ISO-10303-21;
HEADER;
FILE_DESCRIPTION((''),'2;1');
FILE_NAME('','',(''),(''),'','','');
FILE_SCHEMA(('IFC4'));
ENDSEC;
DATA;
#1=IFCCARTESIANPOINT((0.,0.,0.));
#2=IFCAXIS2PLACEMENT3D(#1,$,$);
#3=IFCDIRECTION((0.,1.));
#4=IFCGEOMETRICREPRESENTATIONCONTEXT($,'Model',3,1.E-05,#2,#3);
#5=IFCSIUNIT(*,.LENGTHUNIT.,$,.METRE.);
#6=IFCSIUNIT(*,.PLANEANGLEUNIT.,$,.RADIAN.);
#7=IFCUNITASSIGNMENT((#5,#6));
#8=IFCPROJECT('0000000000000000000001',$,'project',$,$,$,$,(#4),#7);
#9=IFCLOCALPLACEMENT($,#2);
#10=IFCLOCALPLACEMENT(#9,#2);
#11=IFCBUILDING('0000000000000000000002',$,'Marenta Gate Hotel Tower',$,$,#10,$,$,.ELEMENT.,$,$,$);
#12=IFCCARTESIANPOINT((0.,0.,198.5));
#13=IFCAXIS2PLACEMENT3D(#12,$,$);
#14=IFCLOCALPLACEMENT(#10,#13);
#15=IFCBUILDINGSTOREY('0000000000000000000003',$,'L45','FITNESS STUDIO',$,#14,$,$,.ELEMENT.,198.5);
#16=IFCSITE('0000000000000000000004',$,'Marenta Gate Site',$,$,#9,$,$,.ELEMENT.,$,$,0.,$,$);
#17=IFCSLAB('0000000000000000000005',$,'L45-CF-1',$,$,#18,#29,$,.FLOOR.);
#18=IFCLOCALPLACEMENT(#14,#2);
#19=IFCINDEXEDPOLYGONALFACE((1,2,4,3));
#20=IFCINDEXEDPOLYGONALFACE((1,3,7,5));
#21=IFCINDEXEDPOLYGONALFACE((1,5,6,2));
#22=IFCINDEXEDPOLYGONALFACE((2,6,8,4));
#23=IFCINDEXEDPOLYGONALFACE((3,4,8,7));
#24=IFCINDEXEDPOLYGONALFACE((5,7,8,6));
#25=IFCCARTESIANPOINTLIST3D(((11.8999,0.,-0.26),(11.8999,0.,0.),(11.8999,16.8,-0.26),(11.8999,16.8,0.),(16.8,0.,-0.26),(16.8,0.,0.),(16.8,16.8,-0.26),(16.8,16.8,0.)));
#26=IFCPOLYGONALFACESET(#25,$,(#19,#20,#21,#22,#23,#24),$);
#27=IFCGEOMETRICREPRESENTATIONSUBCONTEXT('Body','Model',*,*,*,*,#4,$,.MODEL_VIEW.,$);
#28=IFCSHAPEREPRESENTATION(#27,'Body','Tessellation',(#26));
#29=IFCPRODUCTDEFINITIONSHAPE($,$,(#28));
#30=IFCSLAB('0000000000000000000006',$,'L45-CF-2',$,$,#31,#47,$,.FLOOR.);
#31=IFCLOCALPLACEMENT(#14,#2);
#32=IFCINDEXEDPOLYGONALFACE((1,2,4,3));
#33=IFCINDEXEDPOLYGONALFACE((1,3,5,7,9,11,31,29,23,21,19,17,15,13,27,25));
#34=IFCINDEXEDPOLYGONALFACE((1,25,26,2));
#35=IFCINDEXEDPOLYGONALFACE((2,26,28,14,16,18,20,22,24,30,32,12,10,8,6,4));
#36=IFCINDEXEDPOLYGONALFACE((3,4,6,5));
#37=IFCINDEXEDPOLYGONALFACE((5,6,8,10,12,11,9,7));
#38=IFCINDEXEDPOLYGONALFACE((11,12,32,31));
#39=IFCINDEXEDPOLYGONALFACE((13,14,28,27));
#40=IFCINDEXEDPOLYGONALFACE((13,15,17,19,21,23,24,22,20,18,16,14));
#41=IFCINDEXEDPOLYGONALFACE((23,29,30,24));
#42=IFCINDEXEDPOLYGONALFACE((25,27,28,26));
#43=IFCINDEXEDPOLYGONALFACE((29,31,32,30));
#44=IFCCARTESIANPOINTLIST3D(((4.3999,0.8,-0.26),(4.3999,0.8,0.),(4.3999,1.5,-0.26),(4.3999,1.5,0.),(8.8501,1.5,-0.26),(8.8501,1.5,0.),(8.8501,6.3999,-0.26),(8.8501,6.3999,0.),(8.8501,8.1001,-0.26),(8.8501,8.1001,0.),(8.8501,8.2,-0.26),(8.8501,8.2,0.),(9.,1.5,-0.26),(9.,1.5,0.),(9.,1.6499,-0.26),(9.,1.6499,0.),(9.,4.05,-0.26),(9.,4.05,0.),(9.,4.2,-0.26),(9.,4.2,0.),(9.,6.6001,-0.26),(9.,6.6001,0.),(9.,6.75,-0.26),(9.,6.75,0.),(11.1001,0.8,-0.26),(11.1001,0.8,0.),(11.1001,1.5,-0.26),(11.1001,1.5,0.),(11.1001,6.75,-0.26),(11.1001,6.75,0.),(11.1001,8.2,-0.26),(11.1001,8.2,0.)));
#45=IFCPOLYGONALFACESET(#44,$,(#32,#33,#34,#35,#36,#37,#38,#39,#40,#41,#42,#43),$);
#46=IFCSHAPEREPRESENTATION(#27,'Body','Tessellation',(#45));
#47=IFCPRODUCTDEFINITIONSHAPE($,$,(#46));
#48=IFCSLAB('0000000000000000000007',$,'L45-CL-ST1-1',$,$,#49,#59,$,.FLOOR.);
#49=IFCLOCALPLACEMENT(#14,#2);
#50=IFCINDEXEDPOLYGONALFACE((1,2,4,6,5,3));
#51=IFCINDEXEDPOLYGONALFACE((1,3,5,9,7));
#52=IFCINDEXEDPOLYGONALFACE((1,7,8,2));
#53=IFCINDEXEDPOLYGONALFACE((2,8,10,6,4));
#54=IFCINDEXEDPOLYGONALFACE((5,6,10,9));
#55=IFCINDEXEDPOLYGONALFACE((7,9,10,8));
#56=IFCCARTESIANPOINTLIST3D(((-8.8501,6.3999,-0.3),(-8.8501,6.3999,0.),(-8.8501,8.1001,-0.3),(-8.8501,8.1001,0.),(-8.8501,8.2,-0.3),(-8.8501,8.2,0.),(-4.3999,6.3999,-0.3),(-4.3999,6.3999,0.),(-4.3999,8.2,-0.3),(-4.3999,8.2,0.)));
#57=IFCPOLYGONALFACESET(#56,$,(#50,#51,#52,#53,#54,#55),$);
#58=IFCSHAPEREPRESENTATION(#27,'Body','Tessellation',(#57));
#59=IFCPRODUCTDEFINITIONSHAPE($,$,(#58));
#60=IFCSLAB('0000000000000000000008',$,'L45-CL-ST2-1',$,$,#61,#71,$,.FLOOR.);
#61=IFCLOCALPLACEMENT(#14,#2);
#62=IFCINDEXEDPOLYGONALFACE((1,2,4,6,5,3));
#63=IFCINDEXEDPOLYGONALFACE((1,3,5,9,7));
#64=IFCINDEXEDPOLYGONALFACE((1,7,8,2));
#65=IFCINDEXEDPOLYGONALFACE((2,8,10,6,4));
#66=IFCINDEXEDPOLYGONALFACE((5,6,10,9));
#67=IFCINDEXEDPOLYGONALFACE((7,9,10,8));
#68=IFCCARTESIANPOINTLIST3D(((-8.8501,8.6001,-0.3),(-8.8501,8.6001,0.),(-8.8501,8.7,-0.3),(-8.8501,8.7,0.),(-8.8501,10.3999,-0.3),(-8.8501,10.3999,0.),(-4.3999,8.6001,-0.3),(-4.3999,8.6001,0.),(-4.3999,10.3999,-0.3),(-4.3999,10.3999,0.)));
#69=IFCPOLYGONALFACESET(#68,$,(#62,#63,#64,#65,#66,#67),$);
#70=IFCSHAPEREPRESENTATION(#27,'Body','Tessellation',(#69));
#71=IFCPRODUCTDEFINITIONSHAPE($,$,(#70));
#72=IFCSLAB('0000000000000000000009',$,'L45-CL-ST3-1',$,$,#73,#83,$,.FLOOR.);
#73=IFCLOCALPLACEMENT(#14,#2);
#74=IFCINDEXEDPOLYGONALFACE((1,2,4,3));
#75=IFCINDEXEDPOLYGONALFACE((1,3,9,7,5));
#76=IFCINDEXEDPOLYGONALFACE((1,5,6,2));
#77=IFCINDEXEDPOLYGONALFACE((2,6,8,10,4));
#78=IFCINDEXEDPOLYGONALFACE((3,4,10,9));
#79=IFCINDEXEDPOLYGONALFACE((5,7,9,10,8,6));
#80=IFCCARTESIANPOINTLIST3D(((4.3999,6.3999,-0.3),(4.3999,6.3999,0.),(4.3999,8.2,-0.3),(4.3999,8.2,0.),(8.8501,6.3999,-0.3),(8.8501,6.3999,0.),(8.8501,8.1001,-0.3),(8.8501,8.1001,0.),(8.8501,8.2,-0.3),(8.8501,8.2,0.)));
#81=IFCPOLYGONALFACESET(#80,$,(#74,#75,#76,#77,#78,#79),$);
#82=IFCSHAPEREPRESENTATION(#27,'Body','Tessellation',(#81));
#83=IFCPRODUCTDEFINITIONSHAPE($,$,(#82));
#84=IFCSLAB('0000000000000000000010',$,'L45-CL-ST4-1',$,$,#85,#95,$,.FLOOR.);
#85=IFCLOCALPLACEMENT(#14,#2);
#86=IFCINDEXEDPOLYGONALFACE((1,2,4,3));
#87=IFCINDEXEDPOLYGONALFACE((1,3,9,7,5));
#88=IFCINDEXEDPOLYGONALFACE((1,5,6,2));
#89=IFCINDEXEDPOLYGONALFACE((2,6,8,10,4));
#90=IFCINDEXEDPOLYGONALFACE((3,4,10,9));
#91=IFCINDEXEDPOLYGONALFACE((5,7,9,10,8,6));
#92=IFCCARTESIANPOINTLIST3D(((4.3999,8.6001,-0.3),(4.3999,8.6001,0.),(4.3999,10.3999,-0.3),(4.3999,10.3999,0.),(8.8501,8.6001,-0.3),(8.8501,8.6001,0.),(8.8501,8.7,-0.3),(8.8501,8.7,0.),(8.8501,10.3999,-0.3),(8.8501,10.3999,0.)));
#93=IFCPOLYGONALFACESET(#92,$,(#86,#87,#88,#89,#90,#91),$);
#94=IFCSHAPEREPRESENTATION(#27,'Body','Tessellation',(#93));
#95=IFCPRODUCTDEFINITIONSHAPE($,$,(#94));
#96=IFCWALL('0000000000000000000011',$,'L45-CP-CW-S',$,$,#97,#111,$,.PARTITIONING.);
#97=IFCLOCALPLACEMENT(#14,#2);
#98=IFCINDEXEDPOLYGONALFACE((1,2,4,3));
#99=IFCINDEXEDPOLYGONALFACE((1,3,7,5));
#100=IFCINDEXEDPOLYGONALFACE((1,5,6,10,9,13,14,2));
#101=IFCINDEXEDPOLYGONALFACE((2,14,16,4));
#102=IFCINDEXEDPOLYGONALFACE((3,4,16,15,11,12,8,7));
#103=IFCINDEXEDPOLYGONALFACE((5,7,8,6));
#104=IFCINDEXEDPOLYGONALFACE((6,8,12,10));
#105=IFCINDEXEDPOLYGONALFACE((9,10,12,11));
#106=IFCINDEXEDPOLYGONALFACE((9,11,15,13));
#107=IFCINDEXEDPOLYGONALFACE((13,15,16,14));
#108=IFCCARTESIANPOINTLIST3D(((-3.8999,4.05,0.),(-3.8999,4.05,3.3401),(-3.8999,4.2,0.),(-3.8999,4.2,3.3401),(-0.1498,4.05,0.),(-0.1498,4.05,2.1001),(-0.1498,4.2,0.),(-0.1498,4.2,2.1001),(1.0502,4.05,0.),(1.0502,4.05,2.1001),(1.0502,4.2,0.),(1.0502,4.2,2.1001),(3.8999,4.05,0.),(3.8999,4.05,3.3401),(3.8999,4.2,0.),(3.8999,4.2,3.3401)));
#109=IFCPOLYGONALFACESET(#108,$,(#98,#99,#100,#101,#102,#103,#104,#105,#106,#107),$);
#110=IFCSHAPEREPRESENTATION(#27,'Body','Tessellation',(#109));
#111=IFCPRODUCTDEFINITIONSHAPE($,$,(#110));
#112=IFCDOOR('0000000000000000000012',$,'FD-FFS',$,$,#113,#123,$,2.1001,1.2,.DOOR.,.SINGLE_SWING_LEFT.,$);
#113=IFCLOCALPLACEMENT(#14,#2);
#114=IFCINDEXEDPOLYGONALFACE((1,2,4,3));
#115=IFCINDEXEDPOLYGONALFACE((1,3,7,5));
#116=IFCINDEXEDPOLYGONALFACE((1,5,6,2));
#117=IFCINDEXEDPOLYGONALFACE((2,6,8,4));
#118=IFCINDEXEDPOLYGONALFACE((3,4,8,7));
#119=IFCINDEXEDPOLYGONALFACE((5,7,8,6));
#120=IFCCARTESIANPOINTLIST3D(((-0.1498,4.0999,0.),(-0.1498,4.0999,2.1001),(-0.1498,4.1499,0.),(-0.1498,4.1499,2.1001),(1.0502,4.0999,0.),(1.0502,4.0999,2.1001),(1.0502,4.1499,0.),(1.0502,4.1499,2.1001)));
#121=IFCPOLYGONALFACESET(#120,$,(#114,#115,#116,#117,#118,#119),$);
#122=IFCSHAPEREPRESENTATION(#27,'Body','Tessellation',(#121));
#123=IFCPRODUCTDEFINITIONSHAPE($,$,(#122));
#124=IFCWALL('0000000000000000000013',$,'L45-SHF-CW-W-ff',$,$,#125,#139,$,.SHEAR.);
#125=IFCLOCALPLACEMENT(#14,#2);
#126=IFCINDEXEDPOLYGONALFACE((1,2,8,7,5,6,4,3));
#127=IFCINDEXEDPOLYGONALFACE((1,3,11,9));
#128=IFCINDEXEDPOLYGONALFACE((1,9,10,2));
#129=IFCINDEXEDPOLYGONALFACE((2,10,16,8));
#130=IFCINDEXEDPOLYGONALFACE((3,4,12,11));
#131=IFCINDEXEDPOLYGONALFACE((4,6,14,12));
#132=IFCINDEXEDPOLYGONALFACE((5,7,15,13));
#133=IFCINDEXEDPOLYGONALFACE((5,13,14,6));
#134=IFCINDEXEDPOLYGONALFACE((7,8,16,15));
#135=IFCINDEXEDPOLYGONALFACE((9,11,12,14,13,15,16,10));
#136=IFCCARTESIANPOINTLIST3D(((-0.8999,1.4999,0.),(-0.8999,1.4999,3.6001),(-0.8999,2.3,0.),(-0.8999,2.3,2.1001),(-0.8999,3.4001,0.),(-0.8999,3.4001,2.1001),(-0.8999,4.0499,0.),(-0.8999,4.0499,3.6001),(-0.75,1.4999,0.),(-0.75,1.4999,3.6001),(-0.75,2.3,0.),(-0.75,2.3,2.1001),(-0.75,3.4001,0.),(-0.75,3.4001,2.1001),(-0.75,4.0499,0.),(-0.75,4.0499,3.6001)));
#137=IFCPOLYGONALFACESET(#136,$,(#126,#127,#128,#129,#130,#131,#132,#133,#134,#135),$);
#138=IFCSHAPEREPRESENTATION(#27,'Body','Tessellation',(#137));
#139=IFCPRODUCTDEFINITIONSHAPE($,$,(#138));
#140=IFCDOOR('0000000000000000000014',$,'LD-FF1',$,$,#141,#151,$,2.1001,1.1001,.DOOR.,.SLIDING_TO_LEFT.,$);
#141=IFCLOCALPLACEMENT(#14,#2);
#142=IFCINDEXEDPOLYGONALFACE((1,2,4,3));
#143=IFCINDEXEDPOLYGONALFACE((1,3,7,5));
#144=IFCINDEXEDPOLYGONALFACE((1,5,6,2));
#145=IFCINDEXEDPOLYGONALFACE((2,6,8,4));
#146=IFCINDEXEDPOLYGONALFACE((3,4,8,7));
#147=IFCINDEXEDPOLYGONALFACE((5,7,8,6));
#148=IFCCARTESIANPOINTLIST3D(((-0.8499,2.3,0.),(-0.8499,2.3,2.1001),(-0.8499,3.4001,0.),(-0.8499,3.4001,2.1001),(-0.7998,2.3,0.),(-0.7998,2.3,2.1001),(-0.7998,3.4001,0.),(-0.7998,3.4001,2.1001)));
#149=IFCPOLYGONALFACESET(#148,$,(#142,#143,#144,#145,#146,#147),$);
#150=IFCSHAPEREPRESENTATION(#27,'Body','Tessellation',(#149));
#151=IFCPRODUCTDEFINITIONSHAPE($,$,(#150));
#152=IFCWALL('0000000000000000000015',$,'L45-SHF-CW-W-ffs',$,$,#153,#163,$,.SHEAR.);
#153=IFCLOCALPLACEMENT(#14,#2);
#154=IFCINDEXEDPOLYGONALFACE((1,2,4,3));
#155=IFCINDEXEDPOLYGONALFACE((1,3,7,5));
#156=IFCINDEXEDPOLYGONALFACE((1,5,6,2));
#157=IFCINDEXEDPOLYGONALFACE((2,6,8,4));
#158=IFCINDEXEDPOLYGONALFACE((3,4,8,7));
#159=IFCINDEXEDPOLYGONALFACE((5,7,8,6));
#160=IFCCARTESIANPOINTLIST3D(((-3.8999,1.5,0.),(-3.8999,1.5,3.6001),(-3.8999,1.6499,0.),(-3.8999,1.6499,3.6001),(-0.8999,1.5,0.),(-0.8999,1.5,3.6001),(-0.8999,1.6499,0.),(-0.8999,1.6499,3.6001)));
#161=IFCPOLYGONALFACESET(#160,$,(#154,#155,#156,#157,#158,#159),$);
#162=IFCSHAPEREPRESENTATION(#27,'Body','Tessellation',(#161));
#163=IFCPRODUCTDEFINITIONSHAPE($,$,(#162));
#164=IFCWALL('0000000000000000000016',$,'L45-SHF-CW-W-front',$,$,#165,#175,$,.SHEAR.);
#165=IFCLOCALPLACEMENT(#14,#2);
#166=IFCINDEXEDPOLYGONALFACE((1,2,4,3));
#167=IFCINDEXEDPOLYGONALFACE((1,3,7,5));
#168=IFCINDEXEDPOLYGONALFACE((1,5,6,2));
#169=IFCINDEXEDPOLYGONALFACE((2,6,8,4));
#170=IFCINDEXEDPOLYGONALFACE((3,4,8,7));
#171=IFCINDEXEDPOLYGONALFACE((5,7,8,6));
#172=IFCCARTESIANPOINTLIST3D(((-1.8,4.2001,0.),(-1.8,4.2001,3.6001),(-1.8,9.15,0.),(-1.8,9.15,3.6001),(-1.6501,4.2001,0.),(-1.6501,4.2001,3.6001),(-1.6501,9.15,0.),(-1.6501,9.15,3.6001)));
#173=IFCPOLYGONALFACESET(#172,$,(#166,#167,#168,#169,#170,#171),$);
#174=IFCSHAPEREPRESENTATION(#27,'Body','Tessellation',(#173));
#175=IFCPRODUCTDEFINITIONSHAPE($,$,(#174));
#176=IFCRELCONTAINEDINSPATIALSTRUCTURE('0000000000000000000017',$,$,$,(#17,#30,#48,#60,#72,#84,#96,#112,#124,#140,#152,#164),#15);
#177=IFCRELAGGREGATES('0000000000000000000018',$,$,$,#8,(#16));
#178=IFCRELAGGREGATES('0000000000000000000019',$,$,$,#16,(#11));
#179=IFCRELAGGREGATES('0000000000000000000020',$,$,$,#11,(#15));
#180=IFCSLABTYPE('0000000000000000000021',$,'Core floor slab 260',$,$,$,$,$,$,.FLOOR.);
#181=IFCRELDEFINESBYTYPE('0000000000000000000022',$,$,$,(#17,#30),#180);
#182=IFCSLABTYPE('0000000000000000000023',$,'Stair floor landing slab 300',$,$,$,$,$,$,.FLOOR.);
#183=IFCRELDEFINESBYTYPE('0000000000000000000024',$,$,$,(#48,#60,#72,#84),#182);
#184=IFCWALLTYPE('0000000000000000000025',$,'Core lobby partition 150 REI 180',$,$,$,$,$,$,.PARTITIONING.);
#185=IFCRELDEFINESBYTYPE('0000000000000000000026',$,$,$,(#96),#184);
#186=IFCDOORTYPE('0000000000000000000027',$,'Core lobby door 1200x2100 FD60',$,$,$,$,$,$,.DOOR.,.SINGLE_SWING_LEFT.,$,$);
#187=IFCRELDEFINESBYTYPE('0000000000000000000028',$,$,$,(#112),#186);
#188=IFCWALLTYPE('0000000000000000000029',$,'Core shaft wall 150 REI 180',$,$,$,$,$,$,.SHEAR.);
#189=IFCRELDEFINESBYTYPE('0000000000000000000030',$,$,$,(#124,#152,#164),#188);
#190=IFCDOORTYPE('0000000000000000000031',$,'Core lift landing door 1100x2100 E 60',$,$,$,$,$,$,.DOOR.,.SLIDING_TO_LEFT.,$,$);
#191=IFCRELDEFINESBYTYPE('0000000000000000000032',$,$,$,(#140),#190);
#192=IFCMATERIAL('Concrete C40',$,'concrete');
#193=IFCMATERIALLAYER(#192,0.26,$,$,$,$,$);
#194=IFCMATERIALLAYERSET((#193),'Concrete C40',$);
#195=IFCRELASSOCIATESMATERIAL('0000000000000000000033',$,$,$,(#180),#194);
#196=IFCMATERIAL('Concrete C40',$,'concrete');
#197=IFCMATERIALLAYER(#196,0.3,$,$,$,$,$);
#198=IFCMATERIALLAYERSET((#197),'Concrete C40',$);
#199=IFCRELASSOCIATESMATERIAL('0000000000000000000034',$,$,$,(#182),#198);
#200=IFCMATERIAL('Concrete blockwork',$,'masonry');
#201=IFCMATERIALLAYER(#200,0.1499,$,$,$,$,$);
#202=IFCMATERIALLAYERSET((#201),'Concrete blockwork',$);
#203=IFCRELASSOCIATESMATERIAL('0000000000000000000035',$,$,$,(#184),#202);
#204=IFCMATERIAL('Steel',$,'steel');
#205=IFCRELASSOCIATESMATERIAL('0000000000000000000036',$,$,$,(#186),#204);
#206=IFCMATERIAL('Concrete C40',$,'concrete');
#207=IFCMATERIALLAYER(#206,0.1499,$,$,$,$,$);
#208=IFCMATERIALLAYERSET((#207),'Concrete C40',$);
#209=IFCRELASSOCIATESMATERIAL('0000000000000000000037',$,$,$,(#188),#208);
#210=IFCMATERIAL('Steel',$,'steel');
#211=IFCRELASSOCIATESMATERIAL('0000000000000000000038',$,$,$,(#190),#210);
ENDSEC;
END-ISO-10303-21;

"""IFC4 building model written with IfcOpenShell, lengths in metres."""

from ifc_helpers import new_model, si_unit, direction, frame, frame_2d, origin, place, context, subcontext, project, spatial, polyline, rectangle, outline, extrude, material, layer, layer_set, type_object, element, fill, save


model = new_model("IFC4")

# Units and contexts
model_context = context("Model", 3, precision=1e-05, world=origin(), true_north=direction((0.0, 1.0)))
body_context = subcontext(model_context, "Body", "Model", "MODEL_VIEW")
ifc_project = project(units=[si_unit("LENGTHUNIT", "METRE"), si_unit("PLANEANGLEUNIT", "RADIAN")], contexts=[model_context])

# Site, building, storey
site_placement = place(None, origin())
site = spatial("IfcSite", under=ifc_project, at=site_placement, Name="Marenta Gate Site", CompositionType="ELEMENT", RefElevation=0.0)
building_placement = place(site_placement, origin())
building = spatial("IfcBuilding", under=site, at=building_placement, Name="Marenta Gate Hotel Tower", CompositionType="ELEMENT")
storey_placement = place(building_placement, frame((0.0, 0.0, 198.5)))
storey = spatial("IfcBuildingStorey", under=building, at=storey_placement, Name="L45", Description="FITNESS STUDIO", CompositionType="ELEMENT", Elevation=198.5)

# Slabs
ifc_material_1 = material(Name="Concrete C40", Category="concrete")
ifc_layer_1 = layer(ifc_material_1, 0.26)
ifc_layer_set_1 = layer_set([ifc_layer_1], Name="Concrete C40")
slab_type_1 = type_object("IfcSlabType", Name="Core floor slab 260", PredefinedType="FLOOR", material=ifc_layer_set_1)
slab_1_placement = place(storey_placement, frame((0.0, 0.0, -0.26)))
element("IfcSlab", 1, at=slab_1_placement, inside=storey, type_object=slab_type_1, Name="L45-CF-1", PredefinedType="FLOOR", context=body_context, shape_type="SweptSolid", body=[
    extrude(outline(polyline([(11.8999, 0.0), (11.8999, 16.8), (16.8, 16.8), (16.8, 0.0), (11.8999, 0.0)])), origin(), (0.0, 0.0, 1.0), 0.26),
])
slab_2_placement = place(storey_placement, frame((0.0, 0.0, -0.26)))
element("IfcSlab", 2, at=slab_2_placement, inside=storey, type_object=slab_type_1, Name="L45-CF-2", PredefinedType="FLOOR", context=body_context, shape_type="SweptSolid", body=[
    extrude(outline(polyline([(8.8501, 1.5), (8.8501, 6.3999), (8.8501, 8.1001), (8.8501, 8.2), (11.1001, 8.2), (11.1001, 6.75), (9.0, 6.75), (9.0, 6.6001), (9.0, 4.2), (9.0, 4.05), (9.0, 1.6499), (9.0, 1.5), (11.1001, 1.5), (11.1001, 0.8), (4.3999, 0.8), (4.3999, 1.5), (8.8501, 1.5)])), origin(), (0.0, 0.0, 1.0), 0.26),
])
ifc_material_2 = material(Name="Concrete C40", Category="concrete")
ifc_layer_2 = layer(ifc_material_2, 0.3)
ifc_layer_set_2 = layer_set([ifc_layer_2], Name="Concrete C40")
slab_type_2 = type_object("IfcSlabType", Name="Stair floor landing slab 300", PredefinedType="FLOOR", material=ifc_layer_set_2)
slab_3_placement = place(storey_placement, frame((0.0, 0.0, -0.3)))
element("IfcSlab", 3, at=slab_3_placement, inside=storey, type_object=slab_type_2, Name="L45-CL-ST1-1", PredefinedType="FLOOR", context=body_context, shape_type="SweptSolid", body=[
    extrude(outline(polyline([(-4.3999, 6.3999), (-8.8501, 6.3999), (-8.8501, 8.1001), (-8.8501, 8.2), (-4.3999, 8.2), (-4.3999, 6.3999)])), origin(), (0.0, 0.0, 1.0), 0.3),
])
slab_4_placement = place(storey_placement, frame((0.0, 0.0, -0.3)))
element("IfcSlab", 4, at=slab_4_placement, inside=storey, type_object=slab_type_2, Name="L45-CL-ST2-1", PredefinedType="FLOOR", context=body_context, shape_type="SweptSolid", body=[
    extrude(outline(polyline([(-4.3999, 8.6001), (-8.8501, 8.6001), (-8.8501, 8.7), (-8.8501, 10.3999), (-4.3999, 10.3999), (-4.3999, 8.6001)])), origin(), (0.0, 0.0, 1.0), 0.3),
])
slab_5_placement = place(storey_placement, frame((0.0, 0.0, -0.3)))
element("IfcSlab", 5, at=slab_5_placement, inside=storey, type_object=slab_type_2, Name="L45-CL-ST3-1", PredefinedType="FLOOR", context=body_context, shape_type="SweptSolid", body=[
    extrude(outline(polyline([(4.3999, 6.3999), (4.3999, 8.2), (8.8501, 8.2), (8.8501, 8.1001), (8.8501, 6.3999), (4.3999, 6.3999)])), origin(), (0.0, 0.0, 1.0), 0.3),
])
slab_6_placement = place(storey_placement, frame((0.0, 0.0, -0.3)))
element("IfcSlab", 6, at=slab_6_placement, inside=storey, type_object=slab_type_2, Name="L45-CL-ST4-1", PredefinedType="FLOOR", context=body_context, shape_type="SweptSolid", body=[
    extrude(outline(polyline([(4.3999, 8.6001), (4.3999, 10.3999), (8.8501, 10.3999), (8.8501, 8.7), (8.8501, 8.6001), (4.3999, 8.6001)])), origin(), (0.0, 0.0, 1.0), 0.3),
])

# Walls, openings, doors
ifc_material_3 = material(Name="Concrete blockwork", Category="masonry")
ifc_layer_3 = layer(ifc_material_3, 0.1499)
ifc_layer_set_3 = layer_set([ifc_layer_3], Name="Concrete blockwork")
wall_type_1 = type_object("IfcWallType", Name="Core lobby partition 150 REI 180", PredefinedType="PARTITIONING", material=ifc_layer_set_3)
wall_1_placement = place(storey_placement, frame((-3.8999, 4.125, 0.0), z_axis=(0.0, 0.0, 1.0), x_axis=(1.0, 0.0, 0.0)))
wall_1 = element("IfcWall", 7, at=wall_1_placement, inside=storey, type_object=wall_type_1, Name="L45-CP-CW-S", PredefinedType="PARTITIONING", context=body_context, shape_type="SweptSolid", body=[
    extrude(rectangle(XDim=7.7998, YDim=0.1499, at=frame_2d((3.8999, 0.0))), origin(), (0.0, 0.0, 1.0), 3.3401),
])
opening_1_placement = place(wall_1_placement, frame((3.75, 0.0, 0.0)))
opening_1 = element("IfcOpeningElement", 8, at=opening_1_placement, cuts=wall_1, PredefinedType="OPENING", context=body_context, shape_type="SweptSolid", body=[
    extrude(rectangle(XDim=1.2, YDim=2.1001, at=frame_2d((0.6001, 1.05))), frame((0.0, 0.075, 0.0), z_axis=(0.0, -1.0, 0.0), x_axis=(1.0, 0.0, 0.0)), (0.0, 0.0, 1.0), 0.1499),
])
ifc_material_4 = material(Name="Steel", Category="steel")
door_type_1 = type_object("IfcDoorType", Name="Core lobby door 1200x2100 FD60", OperationType="SINGLE_SWING_LEFT", PredefinedType="DOOR", material=ifc_material_4)
door_1_placement = place(opening_1_placement, origin())
door_1 = element("IfcDoor", 9, at=door_1_placement, inside=storey, type_object=door_type_1, Name="FD-FFS", OperationType="SINGLE_SWING_LEFT", OverallHeight=2.1001, OverallWidth=1.2, PredefinedType="DOOR", context=body_context, shape_type="SweptSolid", body=[
    extrude(rectangle(XDim=1.2, YDim=2.1001, at=frame_2d((0.6001, 1.05))), frame((0.0, 0.0249, 0.0), z_axis=(0.0, -1.0, 0.0), x_axis=(1.0, 0.0, 0.0)), (0.0, 0.0, 1.0), 0.05),
])
fill(opening_1, door_1)
ifc_material_5 = material(Name="Concrete C40", Category="concrete")
ifc_layer_4 = layer(ifc_material_5, 0.1499)
ifc_layer_set_4 = layer_set([ifc_layer_4], Name="Concrete C40")
wall_type_2 = type_object("IfcWallType", Name="Core shaft wall 150 REI 180", PredefinedType="SHEAR", material=ifc_layer_set_4)
wall_2_placement = place(storey_placement, frame((-0.825, 1.5, 0.0), z_axis=(0.0, 0.0, 1.0), x_axis=(0.0, 1.0, 0.0)))
wall_2 = element("IfcWall", 10, at=wall_2_placement, inside=storey, type_object=wall_type_2, Name="L45-SHF-CW-W-ff", PredefinedType="SHEAR", context=body_context, shape_type="SweptSolid", body=[
    extrude(rectangle(XDim=2.55, YDim=0.1499, at=frame_2d((1.2749, 0.0))), origin(), (0.0, 0.0, 1.0), 3.6001),
])
opening_2_placement = place(wall_2_placement, frame((0.8, 0.0, 0.0)))
opening_2 = element("IfcOpeningElement", 11, at=opening_2_placement, cuts=wall_2, PredefinedType="OPENING", context=body_context, shape_type="SweptSolid", body=[
    extrude(rectangle(XDim=1.1001, YDim=2.1001, at=frame_2d((0.55, 1.05))), frame((0.0, 0.075, 0.0), z_axis=(0.0, -1.0, 0.0), x_axis=(1.0, 0.0, 0.0)), (0.0, 0.0, 1.0), 0.1499),
])
ifc_material_6 = material(Name="Steel", Category="steel")
door_type_2 = type_object("IfcDoorType", Name="Core lift landing door 1100x2100 E 60", OperationType="SLIDING_TO_LEFT", PredefinedType="DOOR", material=ifc_material_6)
door_2_placement = place(opening_2_placement, origin())
door_2 = element("IfcDoor", 12, at=door_2_placement, inside=storey, type_object=door_type_2, Name="LD-FF1", OperationType="SLIDING_TO_LEFT", OverallHeight=2.1001, OverallWidth=1.1001, PredefinedType="DOOR", context=body_context, shape_type="SweptSolid", body=[
    extrude(rectangle(XDim=1.1001, YDim=2.1001, at=frame_2d((0.55, 1.05))), frame((0.0, 0.0249, 0.0), z_axis=(0.0, -1.0, 0.0), x_axis=(1.0, 0.0, 0.0)), (0.0, 0.0, 1.0), 0.05),
])
fill(opening_2, door_2)

# Walls
wall_3_placement = place(storey_placement, frame((-3.8999, 1.575, 0.0), z_axis=(0.0, 0.0, 1.0), x_axis=(1.0, 0.0, 0.0)))
element("IfcWall", 13, at=wall_3_placement, inside=storey, type_object=wall_type_2, Name="L45-SHF-CW-W-ffs", PredefinedType="SHEAR", context=body_context, shape_type="SweptSolid", body=[
    extrude(rectangle(XDim=3.0, YDim=0.1499, at=frame_2d((1.5, 0.0))), origin(), (0.0, 0.0, 1.0), 3.6001),
])
wall_4_placement = place(storey_placement, frame((-1.7251, 4.2, 0.0), z_axis=(0.0, 0.0, 1.0), x_axis=(0.0, 1.0, 0.0)))
element("IfcWall", 14, at=wall_4_placement, inside=storey, type_object=wall_type_2, Name="L45-SHF-CW-W-front", PredefinedType="SHEAR", context=body_context, shape_type="SweptSolid", body=[
    extrude(rectangle(XDim=4.95, YDim=0.1499, at=frame_2d((2.4751, 0.0))), origin(), (0.0, 0.0, 1.0), 3.6001),
])

save(model, "model.ifc")
